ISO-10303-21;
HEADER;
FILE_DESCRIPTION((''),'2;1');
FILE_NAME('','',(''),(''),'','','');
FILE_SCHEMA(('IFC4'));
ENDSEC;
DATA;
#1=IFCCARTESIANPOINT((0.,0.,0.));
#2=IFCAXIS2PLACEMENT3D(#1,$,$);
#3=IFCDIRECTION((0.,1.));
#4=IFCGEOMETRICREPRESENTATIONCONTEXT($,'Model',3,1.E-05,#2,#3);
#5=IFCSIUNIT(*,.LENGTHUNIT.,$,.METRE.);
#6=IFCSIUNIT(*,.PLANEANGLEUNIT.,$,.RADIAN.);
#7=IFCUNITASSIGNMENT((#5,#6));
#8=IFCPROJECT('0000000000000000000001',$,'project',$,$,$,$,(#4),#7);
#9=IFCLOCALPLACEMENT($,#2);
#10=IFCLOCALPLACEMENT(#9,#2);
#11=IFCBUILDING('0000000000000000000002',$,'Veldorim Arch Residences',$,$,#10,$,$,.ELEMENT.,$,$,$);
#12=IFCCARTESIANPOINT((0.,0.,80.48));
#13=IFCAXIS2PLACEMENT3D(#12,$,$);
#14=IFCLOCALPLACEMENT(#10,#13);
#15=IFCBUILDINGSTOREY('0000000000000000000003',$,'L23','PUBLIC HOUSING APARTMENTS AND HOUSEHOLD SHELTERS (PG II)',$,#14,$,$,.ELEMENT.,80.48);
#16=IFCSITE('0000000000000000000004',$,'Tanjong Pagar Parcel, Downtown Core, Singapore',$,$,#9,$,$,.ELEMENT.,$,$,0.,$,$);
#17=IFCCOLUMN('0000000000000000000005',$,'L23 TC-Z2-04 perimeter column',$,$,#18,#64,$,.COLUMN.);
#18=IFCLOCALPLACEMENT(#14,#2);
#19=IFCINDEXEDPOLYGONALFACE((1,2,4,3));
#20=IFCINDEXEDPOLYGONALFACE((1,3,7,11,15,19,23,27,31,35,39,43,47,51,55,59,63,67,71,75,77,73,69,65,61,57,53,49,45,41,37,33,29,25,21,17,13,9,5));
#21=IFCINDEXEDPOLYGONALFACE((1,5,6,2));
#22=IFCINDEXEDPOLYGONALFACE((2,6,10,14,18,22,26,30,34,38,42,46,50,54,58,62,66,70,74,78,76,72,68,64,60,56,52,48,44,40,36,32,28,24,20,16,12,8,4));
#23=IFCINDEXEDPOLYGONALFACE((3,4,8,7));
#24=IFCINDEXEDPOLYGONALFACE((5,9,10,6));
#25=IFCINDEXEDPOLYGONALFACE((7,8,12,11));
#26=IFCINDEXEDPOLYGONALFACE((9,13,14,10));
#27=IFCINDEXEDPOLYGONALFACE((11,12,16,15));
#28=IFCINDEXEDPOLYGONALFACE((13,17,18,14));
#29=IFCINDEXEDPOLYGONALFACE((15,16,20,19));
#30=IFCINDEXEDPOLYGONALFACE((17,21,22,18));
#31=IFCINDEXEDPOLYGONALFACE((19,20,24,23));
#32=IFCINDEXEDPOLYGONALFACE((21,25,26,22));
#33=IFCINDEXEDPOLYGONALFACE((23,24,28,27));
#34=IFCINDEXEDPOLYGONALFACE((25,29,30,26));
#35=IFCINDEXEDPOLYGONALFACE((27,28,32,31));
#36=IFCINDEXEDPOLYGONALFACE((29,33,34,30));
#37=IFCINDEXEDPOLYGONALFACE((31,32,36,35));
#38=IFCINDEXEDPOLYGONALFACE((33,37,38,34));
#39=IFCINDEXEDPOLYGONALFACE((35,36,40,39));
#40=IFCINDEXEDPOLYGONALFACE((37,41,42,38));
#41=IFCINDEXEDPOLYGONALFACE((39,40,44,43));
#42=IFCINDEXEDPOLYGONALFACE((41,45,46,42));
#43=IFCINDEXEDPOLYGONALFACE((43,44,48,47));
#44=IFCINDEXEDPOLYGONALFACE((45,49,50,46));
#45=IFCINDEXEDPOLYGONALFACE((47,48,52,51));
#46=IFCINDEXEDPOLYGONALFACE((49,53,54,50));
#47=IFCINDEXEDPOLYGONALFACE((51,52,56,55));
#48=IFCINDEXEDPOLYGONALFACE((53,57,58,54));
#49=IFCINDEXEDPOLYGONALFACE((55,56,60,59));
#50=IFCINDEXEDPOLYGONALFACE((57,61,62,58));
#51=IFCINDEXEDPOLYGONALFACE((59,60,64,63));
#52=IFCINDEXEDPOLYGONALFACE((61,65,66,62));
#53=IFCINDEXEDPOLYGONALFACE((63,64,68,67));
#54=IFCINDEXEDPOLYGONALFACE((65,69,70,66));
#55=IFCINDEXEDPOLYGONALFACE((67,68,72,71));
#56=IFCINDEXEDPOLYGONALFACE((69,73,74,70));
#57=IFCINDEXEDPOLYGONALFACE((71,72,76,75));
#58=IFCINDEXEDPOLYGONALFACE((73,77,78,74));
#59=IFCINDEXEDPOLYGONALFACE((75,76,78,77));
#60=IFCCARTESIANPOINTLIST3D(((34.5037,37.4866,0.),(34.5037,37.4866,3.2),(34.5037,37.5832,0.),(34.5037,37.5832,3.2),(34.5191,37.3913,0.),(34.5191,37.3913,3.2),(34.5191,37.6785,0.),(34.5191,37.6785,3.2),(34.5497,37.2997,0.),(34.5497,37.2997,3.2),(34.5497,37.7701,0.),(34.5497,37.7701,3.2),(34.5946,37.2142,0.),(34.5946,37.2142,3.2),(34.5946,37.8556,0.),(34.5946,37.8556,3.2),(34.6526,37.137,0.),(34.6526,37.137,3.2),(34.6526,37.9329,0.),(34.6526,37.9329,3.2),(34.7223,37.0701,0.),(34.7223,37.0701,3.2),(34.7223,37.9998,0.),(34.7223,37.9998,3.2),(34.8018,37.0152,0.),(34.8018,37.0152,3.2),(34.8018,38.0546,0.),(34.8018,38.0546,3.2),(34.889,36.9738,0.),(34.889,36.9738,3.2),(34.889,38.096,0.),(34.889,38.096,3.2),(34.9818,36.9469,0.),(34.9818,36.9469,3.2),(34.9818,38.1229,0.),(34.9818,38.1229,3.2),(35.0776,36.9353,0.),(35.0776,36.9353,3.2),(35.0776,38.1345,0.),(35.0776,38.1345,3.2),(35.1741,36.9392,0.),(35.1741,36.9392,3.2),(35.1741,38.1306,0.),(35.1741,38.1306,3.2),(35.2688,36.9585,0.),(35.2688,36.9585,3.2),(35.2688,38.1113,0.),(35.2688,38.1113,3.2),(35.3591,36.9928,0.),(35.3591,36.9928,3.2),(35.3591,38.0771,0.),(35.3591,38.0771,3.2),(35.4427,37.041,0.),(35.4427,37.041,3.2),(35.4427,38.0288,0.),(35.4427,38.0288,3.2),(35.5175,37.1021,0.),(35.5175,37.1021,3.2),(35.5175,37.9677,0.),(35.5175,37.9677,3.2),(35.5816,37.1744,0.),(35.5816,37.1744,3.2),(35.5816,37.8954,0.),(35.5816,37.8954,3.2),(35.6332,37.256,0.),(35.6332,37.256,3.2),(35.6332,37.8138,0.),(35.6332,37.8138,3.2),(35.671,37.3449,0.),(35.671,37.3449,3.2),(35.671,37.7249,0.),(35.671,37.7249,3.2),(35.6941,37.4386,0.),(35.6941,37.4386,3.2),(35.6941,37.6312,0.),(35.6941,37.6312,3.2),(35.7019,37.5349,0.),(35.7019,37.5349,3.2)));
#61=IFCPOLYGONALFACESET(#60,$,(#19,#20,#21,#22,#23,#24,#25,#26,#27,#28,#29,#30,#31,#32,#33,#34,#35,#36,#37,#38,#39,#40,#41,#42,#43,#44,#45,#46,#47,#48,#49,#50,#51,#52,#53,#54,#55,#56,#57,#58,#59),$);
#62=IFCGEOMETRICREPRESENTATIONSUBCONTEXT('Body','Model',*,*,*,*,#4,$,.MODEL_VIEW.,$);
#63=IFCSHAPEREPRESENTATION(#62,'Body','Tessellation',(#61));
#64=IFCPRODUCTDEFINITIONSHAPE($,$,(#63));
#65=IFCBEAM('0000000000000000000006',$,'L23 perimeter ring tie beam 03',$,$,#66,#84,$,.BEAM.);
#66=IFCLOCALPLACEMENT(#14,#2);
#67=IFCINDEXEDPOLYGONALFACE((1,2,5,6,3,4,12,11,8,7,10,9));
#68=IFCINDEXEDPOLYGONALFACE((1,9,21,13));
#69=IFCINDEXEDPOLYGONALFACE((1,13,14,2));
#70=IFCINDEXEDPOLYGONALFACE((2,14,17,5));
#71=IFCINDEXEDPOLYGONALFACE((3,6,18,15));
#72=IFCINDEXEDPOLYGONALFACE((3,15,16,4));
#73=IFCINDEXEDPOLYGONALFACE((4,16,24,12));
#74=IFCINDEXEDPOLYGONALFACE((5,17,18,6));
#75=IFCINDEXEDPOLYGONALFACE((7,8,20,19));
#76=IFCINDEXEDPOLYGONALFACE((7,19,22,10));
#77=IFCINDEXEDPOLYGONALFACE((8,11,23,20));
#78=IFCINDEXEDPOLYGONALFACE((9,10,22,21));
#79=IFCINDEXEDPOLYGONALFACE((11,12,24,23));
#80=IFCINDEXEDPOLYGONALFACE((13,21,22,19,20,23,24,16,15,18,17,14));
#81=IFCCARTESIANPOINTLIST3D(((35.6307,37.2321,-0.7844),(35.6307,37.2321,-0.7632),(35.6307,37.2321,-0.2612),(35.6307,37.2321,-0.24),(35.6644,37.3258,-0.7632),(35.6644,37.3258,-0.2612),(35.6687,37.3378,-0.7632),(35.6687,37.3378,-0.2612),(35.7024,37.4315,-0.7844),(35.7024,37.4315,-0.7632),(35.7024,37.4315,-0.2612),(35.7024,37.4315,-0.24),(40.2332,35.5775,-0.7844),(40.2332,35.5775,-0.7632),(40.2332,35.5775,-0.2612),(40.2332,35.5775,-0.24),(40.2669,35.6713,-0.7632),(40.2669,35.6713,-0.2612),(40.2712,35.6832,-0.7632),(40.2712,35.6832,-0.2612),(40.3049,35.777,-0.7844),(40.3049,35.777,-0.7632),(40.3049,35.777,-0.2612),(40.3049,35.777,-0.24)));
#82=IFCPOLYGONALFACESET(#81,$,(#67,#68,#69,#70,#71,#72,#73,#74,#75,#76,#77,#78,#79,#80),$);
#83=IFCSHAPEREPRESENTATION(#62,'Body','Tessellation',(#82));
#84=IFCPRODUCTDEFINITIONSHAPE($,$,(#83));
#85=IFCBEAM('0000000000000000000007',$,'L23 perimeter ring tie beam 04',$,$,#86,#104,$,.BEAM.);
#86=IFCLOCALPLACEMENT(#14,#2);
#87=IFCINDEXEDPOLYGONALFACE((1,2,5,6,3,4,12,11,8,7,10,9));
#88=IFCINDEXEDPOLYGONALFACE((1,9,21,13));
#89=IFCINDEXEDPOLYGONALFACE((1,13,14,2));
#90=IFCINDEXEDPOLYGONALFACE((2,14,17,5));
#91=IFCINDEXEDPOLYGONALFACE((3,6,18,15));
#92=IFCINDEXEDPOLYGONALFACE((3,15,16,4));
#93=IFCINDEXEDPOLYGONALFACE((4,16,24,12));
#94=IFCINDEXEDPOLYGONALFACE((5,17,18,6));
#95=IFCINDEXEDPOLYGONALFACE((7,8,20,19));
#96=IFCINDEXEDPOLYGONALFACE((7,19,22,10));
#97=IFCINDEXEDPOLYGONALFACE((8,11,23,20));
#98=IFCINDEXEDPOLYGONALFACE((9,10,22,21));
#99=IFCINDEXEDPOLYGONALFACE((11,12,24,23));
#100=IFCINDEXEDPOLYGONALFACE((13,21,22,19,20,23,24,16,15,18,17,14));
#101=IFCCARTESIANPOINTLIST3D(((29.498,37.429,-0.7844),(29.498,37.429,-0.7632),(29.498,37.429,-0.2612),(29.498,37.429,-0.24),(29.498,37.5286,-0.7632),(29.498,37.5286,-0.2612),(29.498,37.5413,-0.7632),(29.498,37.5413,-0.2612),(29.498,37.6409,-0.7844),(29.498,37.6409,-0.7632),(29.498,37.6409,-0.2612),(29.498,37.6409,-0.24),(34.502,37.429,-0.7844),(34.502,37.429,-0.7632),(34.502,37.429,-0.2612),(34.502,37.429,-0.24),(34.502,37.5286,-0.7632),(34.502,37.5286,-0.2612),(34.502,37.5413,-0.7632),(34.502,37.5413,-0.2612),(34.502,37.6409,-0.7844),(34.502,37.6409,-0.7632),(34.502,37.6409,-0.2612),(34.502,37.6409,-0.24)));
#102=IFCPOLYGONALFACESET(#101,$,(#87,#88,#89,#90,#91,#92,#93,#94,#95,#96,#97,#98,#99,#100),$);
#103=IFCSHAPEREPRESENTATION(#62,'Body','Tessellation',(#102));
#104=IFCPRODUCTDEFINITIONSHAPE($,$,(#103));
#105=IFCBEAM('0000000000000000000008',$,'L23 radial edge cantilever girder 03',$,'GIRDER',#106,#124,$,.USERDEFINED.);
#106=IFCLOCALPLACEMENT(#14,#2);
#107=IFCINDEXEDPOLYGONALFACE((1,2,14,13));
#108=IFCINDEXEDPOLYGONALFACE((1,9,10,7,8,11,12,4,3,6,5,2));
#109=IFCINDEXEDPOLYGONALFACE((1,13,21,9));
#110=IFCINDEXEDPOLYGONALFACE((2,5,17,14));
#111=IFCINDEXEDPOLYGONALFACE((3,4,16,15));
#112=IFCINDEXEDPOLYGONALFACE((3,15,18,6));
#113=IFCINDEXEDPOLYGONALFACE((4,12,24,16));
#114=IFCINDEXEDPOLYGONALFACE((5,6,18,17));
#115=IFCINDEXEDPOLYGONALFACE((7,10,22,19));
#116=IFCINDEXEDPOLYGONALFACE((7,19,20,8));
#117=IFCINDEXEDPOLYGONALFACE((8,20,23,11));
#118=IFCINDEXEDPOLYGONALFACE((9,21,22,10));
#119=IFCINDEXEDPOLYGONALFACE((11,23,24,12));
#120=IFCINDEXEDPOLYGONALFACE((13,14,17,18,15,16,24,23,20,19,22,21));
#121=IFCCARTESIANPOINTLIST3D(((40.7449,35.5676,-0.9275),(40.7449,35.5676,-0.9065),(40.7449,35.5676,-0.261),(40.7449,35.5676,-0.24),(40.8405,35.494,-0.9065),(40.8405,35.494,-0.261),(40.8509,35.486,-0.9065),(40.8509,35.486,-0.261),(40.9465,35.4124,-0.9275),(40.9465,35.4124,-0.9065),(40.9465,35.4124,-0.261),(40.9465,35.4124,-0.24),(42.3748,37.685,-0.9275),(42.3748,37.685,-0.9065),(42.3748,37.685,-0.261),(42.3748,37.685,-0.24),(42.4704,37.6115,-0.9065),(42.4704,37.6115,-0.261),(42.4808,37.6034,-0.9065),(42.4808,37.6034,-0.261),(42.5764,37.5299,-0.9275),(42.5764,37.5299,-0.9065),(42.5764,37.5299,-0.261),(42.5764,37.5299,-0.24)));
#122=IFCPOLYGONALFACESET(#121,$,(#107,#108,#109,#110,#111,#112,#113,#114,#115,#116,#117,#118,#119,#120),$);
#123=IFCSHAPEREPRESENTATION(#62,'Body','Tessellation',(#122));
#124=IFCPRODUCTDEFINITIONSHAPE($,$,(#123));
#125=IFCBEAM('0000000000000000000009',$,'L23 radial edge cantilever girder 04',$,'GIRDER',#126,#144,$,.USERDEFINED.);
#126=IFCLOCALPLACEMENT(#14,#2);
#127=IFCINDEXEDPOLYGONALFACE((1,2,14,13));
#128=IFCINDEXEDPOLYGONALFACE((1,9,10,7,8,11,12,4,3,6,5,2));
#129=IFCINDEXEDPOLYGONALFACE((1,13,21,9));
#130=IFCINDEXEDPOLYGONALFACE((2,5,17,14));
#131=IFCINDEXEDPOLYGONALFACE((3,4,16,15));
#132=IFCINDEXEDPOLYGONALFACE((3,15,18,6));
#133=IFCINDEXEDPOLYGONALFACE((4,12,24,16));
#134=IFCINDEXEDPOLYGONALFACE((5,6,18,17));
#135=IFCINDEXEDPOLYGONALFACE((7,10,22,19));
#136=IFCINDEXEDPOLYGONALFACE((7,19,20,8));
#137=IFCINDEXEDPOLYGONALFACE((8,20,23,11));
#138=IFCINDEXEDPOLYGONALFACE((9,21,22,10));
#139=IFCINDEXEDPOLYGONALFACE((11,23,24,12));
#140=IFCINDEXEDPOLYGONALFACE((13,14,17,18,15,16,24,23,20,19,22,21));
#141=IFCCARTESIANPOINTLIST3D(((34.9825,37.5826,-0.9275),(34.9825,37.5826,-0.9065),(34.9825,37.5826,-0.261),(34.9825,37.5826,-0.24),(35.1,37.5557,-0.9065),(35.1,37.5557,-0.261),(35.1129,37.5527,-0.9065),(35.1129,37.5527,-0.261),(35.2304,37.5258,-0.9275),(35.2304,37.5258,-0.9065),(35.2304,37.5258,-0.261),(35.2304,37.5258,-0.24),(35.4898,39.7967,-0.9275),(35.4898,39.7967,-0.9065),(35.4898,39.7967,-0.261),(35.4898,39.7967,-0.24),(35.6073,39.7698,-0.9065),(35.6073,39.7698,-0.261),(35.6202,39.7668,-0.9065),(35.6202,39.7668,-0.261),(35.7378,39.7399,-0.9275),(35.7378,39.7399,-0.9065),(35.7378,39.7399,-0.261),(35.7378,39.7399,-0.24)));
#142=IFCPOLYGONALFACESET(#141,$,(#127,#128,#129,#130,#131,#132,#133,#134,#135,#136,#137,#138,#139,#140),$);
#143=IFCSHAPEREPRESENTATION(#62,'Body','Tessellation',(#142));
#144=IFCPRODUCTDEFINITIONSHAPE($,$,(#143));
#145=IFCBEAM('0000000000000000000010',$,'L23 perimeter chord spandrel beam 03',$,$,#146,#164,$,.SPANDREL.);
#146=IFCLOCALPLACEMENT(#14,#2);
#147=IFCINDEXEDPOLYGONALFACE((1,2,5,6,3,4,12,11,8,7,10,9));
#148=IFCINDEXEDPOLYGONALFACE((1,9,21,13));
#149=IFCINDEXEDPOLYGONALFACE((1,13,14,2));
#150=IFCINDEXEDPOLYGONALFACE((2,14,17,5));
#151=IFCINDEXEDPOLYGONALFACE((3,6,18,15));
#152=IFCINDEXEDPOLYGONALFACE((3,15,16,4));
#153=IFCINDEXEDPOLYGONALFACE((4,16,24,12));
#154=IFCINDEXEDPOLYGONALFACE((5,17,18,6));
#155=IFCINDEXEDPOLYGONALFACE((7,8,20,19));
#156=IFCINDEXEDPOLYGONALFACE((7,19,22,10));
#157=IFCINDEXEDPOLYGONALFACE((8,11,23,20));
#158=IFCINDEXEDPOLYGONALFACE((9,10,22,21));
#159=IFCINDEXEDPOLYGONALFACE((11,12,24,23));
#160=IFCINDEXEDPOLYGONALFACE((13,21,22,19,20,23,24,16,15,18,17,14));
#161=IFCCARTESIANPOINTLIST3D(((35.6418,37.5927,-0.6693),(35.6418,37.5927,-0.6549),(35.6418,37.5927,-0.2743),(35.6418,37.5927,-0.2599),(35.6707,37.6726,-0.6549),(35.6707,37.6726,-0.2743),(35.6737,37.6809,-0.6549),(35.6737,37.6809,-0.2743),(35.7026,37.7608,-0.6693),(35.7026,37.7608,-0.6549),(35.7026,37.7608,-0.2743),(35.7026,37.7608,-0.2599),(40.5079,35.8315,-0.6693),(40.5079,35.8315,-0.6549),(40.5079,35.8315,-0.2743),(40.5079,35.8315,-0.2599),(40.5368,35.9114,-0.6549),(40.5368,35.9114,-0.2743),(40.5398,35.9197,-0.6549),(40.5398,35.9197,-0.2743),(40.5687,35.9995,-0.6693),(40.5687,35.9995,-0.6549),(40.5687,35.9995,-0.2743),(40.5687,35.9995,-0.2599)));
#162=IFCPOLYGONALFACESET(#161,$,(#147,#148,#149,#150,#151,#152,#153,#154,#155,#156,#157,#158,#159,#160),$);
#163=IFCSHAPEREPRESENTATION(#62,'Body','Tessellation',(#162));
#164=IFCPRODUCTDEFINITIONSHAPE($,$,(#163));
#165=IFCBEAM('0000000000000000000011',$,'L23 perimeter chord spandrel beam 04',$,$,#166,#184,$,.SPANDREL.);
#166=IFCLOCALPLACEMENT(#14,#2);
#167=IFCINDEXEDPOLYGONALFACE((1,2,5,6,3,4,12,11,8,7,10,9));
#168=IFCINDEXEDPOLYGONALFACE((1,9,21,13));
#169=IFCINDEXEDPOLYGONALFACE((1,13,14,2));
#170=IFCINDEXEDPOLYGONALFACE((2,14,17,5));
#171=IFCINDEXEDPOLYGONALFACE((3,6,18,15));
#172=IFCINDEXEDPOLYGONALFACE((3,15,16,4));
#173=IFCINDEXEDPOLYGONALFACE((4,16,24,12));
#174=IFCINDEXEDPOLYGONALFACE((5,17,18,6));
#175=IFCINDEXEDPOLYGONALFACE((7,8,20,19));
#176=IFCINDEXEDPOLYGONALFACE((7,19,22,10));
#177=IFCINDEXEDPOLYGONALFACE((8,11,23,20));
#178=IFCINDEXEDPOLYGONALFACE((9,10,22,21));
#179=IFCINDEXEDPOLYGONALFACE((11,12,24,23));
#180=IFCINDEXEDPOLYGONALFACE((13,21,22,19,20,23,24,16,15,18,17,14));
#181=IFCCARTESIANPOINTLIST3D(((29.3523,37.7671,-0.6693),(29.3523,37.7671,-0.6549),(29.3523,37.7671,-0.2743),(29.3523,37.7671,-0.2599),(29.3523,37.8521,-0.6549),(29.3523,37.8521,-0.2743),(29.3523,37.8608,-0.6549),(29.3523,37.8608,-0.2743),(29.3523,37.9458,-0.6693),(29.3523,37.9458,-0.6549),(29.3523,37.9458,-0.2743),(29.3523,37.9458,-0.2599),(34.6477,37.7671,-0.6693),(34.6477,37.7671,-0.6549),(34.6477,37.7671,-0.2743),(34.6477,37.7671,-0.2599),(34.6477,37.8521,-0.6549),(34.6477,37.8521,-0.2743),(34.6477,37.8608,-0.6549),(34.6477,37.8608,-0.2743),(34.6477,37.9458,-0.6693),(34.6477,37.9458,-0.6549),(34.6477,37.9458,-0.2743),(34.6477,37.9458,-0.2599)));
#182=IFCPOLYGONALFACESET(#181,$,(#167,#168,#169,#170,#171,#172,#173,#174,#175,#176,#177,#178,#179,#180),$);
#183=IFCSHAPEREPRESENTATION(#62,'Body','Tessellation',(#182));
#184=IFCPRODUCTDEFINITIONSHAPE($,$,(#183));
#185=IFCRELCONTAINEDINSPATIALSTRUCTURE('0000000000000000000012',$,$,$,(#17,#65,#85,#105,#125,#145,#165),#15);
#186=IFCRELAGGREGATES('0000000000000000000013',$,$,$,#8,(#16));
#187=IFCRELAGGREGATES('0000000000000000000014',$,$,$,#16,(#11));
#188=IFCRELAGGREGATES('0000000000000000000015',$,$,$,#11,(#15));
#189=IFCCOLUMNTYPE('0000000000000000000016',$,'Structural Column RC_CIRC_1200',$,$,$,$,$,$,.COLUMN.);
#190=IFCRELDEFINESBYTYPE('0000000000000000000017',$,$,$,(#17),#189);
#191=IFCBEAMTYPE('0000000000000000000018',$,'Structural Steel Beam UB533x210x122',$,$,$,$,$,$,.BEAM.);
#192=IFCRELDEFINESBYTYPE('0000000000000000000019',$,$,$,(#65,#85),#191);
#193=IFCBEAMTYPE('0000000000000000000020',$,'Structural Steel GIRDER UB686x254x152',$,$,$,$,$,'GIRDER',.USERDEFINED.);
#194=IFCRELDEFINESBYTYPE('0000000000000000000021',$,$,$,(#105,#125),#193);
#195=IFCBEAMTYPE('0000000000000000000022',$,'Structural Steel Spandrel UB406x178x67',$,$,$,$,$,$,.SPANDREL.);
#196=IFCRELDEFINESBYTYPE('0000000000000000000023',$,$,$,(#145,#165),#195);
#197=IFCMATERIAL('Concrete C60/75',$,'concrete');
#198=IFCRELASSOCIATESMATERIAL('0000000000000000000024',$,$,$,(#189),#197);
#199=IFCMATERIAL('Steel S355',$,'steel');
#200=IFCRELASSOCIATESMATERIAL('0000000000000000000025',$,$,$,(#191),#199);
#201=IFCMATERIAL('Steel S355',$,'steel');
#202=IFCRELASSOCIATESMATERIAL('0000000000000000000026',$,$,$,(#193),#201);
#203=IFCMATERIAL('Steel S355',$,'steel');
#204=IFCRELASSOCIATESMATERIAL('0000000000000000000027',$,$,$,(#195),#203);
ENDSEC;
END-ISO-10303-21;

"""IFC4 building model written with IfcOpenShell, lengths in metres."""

from ifc_helpers import new_model, si_unit, direction, frame, origin, origin_2d, place, context, subcontext, project, spatial, circle, i_section, extrude, material, material_profile, profile_set, type_object, element, save


model = new_model("IFC4")

# Units and contexts
model_context = context("Model", 3, precision=1e-05, world=origin(), true_north=direction((0.0, 1.0)))
body_context = subcontext(model_context, "Body", "Model", "MODEL_VIEW")
ifc_project = project(units=[si_unit("LENGTHUNIT", "METRE"), si_unit("PLANEANGLEUNIT", "RADIAN")], contexts=[model_context])

# Site, building, storey
site_placement = place(None, origin())
site = spatial("IfcSite", under=ifc_project, at=site_placement, Name="Tanjong Pagar Parcel, Downtown Core, Singapore", CompositionType="ELEMENT", RefElevation=0.0)
building_placement = place(site_placement, origin())
building = spatial("IfcBuilding", under=site, at=building_placement, Name="Veldorim Arch Residences", CompositionType="ELEMENT")
storey_placement = place(building_placement, frame((0.0, 0.0, 80.48)))
storey = spatial("IfcBuildingStorey", under=building, at=storey_placement, Name="L23", Description="PUBLIC HOUSING APARTMENTS AND HOUSEHOLD SHELTERS (PG II)", CompositionType="ELEMENT", Elevation=80.48)

# Column
ifc_material_1 = material(Name="Concrete C60/75", Category="concrete")
ifc_material_profile_1 = material_profile(ifc_material_1, circle(Radius=0.6001, at=origin_2d()), Name="RC_CIRC_1200")
ifc_profile_set_1 = profile_set([ifc_material_profile_1], Name="Concrete C60/75")
column_type = type_object("IfcColumnType", Name="Structural Column RC_CIRC_1200", PredefinedType="COLUMN", material=ifc_profile_set_1)
column_placement = place(storey_placement, frame((35.1018, 37.5349, 0.0), z_axis=(0.0, 0.0, 1.0), x_axis=(1.0, 0.0, 0.0)))
element("IfcColumn", 1, at=column_placement, inside=storey, type_object=column_type, Name="L23 TC-Z2-04 perimeter column", PredefinedType="COLUMN", context=body_context, shape_type="SweptSolid", body=[
    extrude(circle(Radius=0.6001, at=origin_2d()), origin(), (0.0, 0.0, 1.0), 3.2),
])

# Beams
ifc_material_2 = material(Name="Steel S355", Category="steel")
ifc_material_profile_2 = material_profile(ifc_material_2, i_section(OverallWidth=0.2119, OverallDepth=0.5444, WebThickness=0.0127, FlangeThickness=0.0212, at=origin_2d()), Name="UB533x210x122")
ifc_profile_set_2 = profile_set([ifc_material_profile_2], Name="Steel S355")
beam_type_1 = type_object("IfcBeamType", Name="Structural Steel Beam UB533x210x122", PredefinedType="BEAM", material=ifc_profile_set_2)
beam_1_placement = place(storey_placement, frame((40.269, 35.6772, -0.5122), z_axis=(-0.941042, 0.33829, 0.0), x_axis=(-0.33829, -0.941042, 0.0)))
element("IfcBeam", 2, at=beam_1_placement, inside=storey, type_object=beam_type_1, Name="L23 perimeter ring tie beam 03", PredefinedType="BEAM", context=body_context, shape_type="SweptSolid", body=[
    extrude(i_section(OverallWidth=0.2119, OverallDepth=0.5444, WebThickness=0.0127, FlangeThickness=0.0212, at=origin_2d()), origin(), (0.0, 0.0, 1.0), 4.8909),
])
beam_2_placement = place(storey_placement, frame((34.502, 37.5349, -0.5122), z_axis=(-1.0, 0.0, 0.0), x_axis=(0.0, -1.0, 0.0)))
element("IfcBeam", 3, at=beam_2_placement, inside=storey, type_object=beam_type_1, Name="L23 perimeter ring tie beam 04", PredefinedType="BEAM", context=body_context, shape_type="SweptSolid", body=[
    extrude(i_section(OverallWidth=0.2119, OverallDepth=0.5444, WebThickness=0.0127, FlangeThickness=0.0212, at=origin_2d()), origin(), (0.0, 0.0, 1.0), 5.0039),
])
ifc_material_3 = material(Name="Steel S355", Category="steel")
ifc_material_profile_3 = material_profile(ifc_material_3, i_section(OverallWidth=0.2544, OverallDepth=0.6875, WebThickness=0.0132, FlangeThickness=0.021, at=origin_2d()), Name="UB686x254x152")
ifc_profile_set_3 = profile_set([ifc_material_profile_3], Name="Steel S355")
beam_type_2 = type_object("IfcBeamType", Name="Structural Steel GIRDER UB686x254x152", ElementType="GIRDER", PredefinedType="USERDEFINED", material=ifc_profile_set_3)
beam_3_placement = place(storey_placement, frame((40.8457, 35.49, -0.5837), z_axis=(0.609967, 0.792427, 0.0), x_axis=(-0.792427, 0.609967, 0.0)))
element("IfcBeam", 4, at=beam_3_placement, inside=storey, type_object=beam_type_2, Name="L23 radial edge cantilever girder 03", ObjectType="GIRDER", PredefinedType="USERDEFINED", context=body_context, shape_type="SweptSolid", body=[
    extrude(i_section(OverallWidth=0.2544, OverallDepth=0.6875, WebThickness=0.0132, FlangeThickness=0.021, at=origin_2d()), origin(), (0.0, 0.0, 1.0), 2.6721),
])
beam_4_placement = place(storey_placement, frame((35.1064, 37.5542, -0.5837), z_axis=(0.223344, 0.97474, 0.0), x_axis=(-0.97474, 0.223344, 0.0)))
element("IfcBeam", 5, at=beam_4_placement, inside=storey, type_object=beam_type_2, Name="L23 radial edge cantilever girder 04", ObjectType="GIRDER", PredefinedType="USERDEFINED", context=body_context, shape_type="SweptSolid", body=[
    extrude(i_section(OverallWidth=0.2544, OverallDepth=0.6875, WebThickness=0.0132, FlangeThickness=0.021, at=origin_2d()), origin(), (0.0, 0.0, 1.0), 2.2715),
])
ifc_material_4 = material(Name="Steel S355", Category="steel")
ifc_material_profile_4 = material_profile(ifc_material_4, i_section(OverallWidth=0.1787, OverallDepth=0.4094, WebThickness=0.0088, FlangeThickness=0.0144, at=origin_2d()), Name="UB406x178x67")
ifc_profile_set_4 = profile_set([ifc_material_profile_4], Name="Steel S355")
beam_type_3 = type_object("IfcBeamType", Name="Structural Steel Spandrel UB406x178x67", PredefinedType="SPANDREL", material=ifc_profile_set_4)
beam_5_placement = place(storey_placement, frame((40.5383, 35.9155, -0.4646), z_axis=(-0.940308, 0.340326, 0.0), x_axis=(-0.340326, -0.940308, 0.0)))
element("IfcBeam", 6, at=beam_5_placement, inside=storey, type_object=beam_type_3, Name="L23 perimeter chord spandrel beam 03", PredefinedType="SPANDREL", context=body_context, shape_type="SweptSolid", body=[
    extrude(i_section(OverallWidth=0.1787, OverallDepth=0.4094, WebThickness=0.0088, FlangeThickness=0.0144, at=origin_2d()), origin(), (0.0, 0.0, 1.0), 5.175),
])
beam_6_placement = place(storey_placement, frame((34.6477, 37.8564, -0.4646), z_axis=(-1.0, 0.0, 0.0), x_axis=(0.0, -1.0, 0.0)))
element("IfcBeam", 7, at=beam_6_placement, inside=storey, type_object=beam_type_3, Name="L23 perimeter chord spandrel beam 04", PredefinedType="SPANDREL", context=body_context, shape_type="SweptSolid", body=[
    extrude(i_section(OverallWidth=0.1787, OverallDepth=0.4094, WebThickness=0.0088, FlangeThickness=0.0144, at=origin_2d()), origin(), (0.0, 0.0, 1.0), 5.2954),
])

save(model, "model.ifc")
